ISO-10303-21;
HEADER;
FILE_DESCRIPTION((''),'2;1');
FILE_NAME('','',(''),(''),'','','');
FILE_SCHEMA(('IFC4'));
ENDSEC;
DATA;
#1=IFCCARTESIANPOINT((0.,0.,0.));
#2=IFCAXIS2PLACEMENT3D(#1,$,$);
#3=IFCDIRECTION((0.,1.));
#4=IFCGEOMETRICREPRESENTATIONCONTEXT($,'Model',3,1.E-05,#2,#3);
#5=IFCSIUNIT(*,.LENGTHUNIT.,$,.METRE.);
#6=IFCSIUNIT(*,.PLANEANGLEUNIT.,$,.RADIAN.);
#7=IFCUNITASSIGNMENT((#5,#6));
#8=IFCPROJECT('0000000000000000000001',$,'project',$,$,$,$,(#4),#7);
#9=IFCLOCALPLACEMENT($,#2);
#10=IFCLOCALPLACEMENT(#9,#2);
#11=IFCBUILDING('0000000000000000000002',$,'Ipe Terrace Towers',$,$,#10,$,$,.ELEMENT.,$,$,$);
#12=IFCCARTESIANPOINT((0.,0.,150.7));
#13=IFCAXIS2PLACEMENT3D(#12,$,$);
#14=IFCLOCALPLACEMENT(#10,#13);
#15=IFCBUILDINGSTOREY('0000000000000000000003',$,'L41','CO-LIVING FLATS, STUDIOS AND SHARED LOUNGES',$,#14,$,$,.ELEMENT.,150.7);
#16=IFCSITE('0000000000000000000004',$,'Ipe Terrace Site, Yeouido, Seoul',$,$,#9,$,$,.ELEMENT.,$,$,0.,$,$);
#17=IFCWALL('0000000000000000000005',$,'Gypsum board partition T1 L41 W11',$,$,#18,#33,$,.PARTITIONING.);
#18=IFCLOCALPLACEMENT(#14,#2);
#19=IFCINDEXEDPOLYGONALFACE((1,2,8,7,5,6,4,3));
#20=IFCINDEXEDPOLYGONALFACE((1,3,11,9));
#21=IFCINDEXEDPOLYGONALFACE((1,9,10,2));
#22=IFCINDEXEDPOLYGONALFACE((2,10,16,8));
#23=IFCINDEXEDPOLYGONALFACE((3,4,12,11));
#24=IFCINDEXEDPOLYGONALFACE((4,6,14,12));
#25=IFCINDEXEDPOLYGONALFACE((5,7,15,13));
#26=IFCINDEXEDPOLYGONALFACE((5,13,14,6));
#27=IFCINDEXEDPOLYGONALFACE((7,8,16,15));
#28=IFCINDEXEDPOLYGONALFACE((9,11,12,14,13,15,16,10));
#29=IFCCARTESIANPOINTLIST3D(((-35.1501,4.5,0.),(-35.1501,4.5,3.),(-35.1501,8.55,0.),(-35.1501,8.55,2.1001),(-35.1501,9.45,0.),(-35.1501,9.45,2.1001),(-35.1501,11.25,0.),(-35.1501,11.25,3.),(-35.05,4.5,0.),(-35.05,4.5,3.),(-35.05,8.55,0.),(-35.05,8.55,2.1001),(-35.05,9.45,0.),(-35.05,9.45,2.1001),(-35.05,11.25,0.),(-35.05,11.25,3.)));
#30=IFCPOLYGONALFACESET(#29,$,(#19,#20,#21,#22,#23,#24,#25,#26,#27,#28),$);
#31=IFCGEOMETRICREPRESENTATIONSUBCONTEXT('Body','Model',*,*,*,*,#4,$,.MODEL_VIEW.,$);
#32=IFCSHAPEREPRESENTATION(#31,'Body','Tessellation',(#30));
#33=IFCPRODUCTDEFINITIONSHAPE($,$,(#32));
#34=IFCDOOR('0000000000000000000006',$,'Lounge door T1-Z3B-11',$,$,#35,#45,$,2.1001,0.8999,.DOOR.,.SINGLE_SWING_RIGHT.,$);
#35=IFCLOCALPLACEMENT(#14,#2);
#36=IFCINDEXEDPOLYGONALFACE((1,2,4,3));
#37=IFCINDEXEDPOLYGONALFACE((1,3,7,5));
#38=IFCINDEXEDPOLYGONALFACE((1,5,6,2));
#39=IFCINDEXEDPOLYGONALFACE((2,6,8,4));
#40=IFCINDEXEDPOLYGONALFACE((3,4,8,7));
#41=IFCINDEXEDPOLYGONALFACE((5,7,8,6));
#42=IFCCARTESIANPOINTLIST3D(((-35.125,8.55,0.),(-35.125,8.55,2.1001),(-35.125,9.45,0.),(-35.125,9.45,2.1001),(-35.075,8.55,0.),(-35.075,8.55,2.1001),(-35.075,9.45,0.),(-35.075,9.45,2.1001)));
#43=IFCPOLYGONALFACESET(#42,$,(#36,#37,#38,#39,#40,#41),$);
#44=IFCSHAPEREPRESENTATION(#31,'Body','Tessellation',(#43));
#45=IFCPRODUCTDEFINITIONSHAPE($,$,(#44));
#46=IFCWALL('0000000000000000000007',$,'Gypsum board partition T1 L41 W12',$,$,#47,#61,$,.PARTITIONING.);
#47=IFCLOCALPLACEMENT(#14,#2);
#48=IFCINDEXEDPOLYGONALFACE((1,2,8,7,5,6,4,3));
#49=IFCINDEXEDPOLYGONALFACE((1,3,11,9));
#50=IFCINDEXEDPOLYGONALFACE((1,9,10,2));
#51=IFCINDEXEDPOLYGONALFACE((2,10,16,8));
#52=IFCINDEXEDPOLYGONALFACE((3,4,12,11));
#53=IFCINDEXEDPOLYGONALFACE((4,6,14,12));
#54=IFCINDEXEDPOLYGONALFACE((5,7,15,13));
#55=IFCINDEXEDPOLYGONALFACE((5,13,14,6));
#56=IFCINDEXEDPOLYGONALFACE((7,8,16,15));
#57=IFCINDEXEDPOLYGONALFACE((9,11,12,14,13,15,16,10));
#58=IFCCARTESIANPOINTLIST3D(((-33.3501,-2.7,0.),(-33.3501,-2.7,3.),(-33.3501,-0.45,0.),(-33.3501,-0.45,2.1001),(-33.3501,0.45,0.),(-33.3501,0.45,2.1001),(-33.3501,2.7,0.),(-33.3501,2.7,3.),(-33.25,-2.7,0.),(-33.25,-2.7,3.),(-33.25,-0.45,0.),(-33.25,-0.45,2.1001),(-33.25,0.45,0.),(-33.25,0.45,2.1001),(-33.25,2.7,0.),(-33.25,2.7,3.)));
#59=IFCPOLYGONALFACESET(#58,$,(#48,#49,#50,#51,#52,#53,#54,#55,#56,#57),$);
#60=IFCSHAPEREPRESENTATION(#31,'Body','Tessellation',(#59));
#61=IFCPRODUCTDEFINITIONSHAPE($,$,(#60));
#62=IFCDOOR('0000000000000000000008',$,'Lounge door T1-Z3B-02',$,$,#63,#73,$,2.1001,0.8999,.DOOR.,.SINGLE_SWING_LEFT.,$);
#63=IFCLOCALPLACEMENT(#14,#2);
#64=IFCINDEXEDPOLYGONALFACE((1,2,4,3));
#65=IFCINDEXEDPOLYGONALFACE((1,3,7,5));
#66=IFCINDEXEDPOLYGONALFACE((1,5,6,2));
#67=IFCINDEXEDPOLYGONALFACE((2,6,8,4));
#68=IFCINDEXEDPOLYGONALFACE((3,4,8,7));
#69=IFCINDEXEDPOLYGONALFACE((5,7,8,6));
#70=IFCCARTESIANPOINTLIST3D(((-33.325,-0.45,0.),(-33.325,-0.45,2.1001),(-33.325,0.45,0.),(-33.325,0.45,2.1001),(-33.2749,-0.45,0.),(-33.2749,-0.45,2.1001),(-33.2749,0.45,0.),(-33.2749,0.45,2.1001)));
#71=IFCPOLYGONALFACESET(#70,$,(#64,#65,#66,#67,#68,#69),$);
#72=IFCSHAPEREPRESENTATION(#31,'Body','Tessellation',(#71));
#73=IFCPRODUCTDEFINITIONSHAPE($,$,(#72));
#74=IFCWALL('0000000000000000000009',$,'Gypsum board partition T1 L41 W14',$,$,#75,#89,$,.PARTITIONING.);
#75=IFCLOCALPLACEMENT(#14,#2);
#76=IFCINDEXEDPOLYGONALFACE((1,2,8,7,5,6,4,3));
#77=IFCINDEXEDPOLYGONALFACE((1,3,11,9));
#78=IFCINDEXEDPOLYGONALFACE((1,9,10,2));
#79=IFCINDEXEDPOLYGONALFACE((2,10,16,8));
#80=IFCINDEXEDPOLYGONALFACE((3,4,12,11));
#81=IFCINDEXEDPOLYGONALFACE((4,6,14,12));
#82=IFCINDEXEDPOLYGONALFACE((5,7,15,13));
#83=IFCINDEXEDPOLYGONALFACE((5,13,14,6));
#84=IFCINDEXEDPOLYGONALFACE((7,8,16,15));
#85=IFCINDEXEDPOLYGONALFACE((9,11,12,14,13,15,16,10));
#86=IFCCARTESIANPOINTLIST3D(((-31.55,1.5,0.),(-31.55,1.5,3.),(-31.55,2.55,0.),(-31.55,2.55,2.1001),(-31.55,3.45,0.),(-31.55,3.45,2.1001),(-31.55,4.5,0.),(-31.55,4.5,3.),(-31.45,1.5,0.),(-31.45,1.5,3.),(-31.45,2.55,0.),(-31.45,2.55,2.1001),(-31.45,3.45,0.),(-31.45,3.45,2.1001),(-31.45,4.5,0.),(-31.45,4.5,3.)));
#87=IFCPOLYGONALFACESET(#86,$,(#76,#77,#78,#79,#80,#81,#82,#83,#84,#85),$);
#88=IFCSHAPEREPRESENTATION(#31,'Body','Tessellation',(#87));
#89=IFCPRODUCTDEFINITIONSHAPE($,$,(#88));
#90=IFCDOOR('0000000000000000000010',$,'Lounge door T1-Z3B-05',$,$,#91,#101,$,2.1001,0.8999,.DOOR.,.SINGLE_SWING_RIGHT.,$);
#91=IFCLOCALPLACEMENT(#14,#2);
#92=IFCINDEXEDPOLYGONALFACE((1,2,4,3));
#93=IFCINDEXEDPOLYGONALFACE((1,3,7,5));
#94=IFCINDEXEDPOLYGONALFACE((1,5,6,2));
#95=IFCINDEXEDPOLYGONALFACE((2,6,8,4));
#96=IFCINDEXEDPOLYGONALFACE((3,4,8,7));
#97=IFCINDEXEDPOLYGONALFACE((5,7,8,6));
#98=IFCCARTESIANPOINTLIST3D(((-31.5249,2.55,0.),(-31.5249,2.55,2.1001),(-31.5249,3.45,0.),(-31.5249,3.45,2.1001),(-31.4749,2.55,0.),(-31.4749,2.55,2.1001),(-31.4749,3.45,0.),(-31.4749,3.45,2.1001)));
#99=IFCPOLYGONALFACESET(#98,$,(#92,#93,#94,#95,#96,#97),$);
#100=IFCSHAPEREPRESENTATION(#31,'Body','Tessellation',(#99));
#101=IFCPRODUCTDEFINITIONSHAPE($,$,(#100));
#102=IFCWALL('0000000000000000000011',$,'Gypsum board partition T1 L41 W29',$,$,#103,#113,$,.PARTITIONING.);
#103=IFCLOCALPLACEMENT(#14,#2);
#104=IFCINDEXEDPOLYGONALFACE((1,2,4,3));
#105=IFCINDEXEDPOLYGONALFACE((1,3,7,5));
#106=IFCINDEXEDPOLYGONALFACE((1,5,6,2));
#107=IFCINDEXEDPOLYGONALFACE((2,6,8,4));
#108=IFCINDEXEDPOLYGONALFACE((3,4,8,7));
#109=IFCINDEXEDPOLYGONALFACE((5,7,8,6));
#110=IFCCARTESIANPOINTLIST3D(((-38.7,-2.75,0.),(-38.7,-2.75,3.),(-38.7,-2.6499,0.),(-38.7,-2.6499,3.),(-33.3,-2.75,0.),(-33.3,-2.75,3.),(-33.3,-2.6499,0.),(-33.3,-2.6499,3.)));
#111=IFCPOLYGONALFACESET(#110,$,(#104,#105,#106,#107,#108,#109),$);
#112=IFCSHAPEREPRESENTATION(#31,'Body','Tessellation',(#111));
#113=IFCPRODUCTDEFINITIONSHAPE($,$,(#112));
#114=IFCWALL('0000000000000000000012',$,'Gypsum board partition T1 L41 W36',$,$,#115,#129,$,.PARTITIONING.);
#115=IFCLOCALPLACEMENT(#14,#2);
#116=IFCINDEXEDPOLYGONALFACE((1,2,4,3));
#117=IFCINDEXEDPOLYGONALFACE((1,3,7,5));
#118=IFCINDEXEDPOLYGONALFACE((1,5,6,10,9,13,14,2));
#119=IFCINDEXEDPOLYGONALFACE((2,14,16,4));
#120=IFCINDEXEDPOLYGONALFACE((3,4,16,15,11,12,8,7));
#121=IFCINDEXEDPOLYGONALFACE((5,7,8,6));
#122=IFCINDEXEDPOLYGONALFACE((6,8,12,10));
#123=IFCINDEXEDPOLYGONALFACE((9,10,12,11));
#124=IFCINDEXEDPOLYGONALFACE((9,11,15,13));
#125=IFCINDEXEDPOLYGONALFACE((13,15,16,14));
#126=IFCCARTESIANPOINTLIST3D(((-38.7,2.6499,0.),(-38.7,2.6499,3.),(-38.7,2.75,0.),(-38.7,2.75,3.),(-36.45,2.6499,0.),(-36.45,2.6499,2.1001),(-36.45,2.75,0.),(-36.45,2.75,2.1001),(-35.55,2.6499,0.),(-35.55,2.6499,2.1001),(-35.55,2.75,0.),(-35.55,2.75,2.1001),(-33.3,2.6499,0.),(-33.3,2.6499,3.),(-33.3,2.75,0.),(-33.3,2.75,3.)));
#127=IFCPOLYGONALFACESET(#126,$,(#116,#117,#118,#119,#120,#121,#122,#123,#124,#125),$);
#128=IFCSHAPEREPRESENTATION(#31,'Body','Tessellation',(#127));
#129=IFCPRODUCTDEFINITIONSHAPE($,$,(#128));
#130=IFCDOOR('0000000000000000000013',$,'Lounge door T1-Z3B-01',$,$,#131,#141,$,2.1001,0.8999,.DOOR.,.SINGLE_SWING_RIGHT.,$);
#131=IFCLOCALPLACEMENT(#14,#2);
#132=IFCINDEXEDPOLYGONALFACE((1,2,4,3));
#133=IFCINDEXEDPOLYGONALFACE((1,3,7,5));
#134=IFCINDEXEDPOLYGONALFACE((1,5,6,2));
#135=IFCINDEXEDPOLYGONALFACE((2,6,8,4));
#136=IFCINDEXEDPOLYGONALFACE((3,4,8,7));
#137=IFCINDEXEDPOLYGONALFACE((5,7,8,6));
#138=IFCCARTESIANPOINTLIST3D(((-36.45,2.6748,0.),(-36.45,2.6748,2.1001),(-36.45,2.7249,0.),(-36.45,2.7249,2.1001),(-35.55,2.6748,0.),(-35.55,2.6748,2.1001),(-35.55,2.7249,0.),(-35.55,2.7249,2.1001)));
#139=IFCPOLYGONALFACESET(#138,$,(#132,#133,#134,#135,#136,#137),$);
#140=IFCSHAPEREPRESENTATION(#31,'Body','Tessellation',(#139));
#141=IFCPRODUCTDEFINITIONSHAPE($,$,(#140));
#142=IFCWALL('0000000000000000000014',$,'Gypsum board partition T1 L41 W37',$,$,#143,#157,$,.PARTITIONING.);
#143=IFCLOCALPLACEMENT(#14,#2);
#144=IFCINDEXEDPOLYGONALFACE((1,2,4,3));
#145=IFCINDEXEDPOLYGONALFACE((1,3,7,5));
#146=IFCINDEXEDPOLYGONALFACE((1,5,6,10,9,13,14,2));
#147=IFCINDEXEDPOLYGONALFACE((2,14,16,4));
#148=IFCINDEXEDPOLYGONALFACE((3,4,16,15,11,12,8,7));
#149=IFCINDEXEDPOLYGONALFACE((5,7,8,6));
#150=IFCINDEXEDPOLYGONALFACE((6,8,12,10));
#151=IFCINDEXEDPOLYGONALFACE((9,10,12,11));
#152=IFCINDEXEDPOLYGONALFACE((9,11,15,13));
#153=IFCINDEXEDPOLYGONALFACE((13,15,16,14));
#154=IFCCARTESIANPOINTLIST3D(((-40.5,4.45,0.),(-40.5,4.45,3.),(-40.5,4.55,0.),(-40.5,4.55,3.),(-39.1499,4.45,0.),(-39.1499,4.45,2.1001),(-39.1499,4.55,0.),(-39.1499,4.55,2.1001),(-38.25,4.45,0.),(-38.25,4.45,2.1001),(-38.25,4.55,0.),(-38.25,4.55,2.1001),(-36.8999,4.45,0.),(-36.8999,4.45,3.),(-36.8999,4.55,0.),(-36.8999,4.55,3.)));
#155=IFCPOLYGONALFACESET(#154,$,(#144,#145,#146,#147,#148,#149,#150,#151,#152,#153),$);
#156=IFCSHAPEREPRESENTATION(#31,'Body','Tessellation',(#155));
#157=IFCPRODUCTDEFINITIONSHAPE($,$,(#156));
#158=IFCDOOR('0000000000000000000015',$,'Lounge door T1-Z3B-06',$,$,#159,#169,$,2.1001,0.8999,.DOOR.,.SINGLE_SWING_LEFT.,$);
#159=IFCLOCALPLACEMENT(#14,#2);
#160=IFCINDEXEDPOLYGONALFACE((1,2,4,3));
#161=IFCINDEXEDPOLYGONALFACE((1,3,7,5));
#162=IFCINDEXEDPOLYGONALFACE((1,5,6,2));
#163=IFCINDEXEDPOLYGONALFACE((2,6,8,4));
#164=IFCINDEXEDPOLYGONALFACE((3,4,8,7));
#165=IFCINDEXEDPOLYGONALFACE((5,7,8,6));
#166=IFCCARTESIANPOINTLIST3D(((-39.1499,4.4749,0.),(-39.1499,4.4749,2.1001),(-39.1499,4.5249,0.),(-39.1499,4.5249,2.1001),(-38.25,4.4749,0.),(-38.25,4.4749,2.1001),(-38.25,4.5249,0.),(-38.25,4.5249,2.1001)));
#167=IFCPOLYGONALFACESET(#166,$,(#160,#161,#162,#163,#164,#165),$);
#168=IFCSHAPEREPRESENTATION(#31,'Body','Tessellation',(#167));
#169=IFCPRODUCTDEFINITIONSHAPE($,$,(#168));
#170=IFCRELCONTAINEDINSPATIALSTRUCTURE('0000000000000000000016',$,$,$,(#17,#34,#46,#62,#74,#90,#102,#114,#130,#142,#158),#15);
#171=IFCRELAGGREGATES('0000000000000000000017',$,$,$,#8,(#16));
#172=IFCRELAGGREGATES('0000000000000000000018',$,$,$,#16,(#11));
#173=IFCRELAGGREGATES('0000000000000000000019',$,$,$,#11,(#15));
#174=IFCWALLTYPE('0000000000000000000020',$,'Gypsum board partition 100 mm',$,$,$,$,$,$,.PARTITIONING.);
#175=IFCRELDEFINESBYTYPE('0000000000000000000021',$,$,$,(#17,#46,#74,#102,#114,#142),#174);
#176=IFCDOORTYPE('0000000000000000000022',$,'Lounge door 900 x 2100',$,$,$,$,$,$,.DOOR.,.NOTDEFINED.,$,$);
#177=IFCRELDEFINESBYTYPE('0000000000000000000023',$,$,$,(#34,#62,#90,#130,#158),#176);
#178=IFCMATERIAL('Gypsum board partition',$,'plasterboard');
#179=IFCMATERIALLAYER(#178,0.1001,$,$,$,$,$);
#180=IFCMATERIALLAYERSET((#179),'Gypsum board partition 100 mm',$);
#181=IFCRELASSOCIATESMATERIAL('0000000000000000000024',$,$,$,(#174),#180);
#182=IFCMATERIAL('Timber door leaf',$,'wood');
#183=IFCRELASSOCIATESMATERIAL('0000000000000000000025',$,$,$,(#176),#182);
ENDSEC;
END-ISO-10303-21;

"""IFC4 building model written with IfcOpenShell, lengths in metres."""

from ifc_helpers import new_model, si_unit, direction, frame, frame_2d, origin, place, context, subcontext, project, spatial, rectangle, extrude, material, layer, layer_set, type_object, element, fill, save


model = new_model("IFC4")

# Units and contexts
model_context = context("Model", 3, precision=1e-05, world=origin(), true_north=direction((0.0, 1.0)))
body_context = subcontext(model_context, "Body", "Model", "MODEL_VIEW")
ifc_project = project(units=[si_unit("LENGTHUNIT", "METRE"), si_unit("PLANEANGLEUNIT", "RADIAN")], contexts=[model_context])

# Site, building, storey
site_placement = place(None, origin())
site = spatial("IfcSite", under=ifc_project, at=site_placement, Name="Ipe Terrace Site, Yeouido, Seoul", CompositionType="ELEMENT", RefElevation=0.0)
building_placement = place(site_placement, origin())
building = spatial("IfcBuilding", under=site, at=building_placement, Name="Ipe Terrace Towers", CompositionType="ELEMENT")
storey_placement = place(building_placement, frame((0.0, 0.0, 150.7)))
storey = spatial("IfcBuildingStorey", under=building, at=storey_placement, Name="L41", Description="CO-LIVING FLATS, STUDIOS AND SHARED LOUNGES", CompositionType="ELEMENT", Elevation=150.7)

# Shared definitions
ifc_material_1 = material(Name="Gypsum board partition", Category="plasterboard")
ifc_layer = layer(ifc_material_1, 0.1001)
ifc_layer_set = layer_set([ifc_layer], Name="Gypsum board partition 100 mm")
wall_type = type_object("IfcWallType", Name="Gypsum board partition 100 mm", PredefinedType="PARTITIONING", material=ifc_layer_set)

# Walls, openings, doors
ifc_material_2 = material(Name="Timber door leaf", Category="wood")
door_type = type_object("IfcDoorType", Name="Lounge door 900 x 2100", OperationType="NOTDEFINED", PredefinedType="DOOR", material=ifc_material_2)
wall_1_placement = place(storey_placement, frame((-35.1001, 4.5, 0.0), z_axis=(0.0, 0.0, 1.0), x_axis=(0.0, 1.0, 0.0)))
wall_1 = element("IfcWall", 1, at=wall_1_placement, inside=storey, type_object=wall_type, Name="Gypsum board partition T1 L41 W11", PredefinedType="PARTITIONING", context=body_context, shape_type="SweptSolid", body=[
    extrude(rectangle(XDim=6.75, YDim=0.1001, at=frame_2d((3.375, 0.0))), origin(), (0.0, 0.0, 1.0), 3.0),
])
opening_1_placement = place(wall_1_placement, frame((4.05, 0.0, 0.0)))
opening_1 = element("IfcOpeningElement", 2, at=opening_1_placement, cuts=wall_1, PredefinedType="OPENING", context=body_context, shape_type="SweptSolid", body=[
    extrude(rectangle(XDim=0.8999, YDim=2.1001, at=frame_2d((0.45, 1.05))), frame((0.0, 0.0601, 0.0), z_axis=(0.0, -1.0, 0.0), x_axis=(1.0, 0.0, 0.0)), (0.0, 0.0, 1.0), 0.1201),
])
door_1_placement = place(opening_1_placement, origin())
door_1 = element("IfcDoor", 3, at=door_1_placement, inside=storey, type_object=door_type, Name="Lounge door T1-Z3B-11", OperationType="SINGLE_SWING_RIGHT", OverallHeight=2.1001, OverallWidth=0.8999, PredefinedType="DOOR", context=body_context, shape_type="SweptSolid", body=[
    extrude(rectangle(XDim=0.8999, YDim=2.1001, at=frame_2d((0.45, 1.05))), frame((0.0, 0.0249, 0.0), z_axis=(0.0, -1.0, 0.0), x_axis=(1.0, 0.0, 0.0)), (0.0, 0.0, 1.0), 0.05),
])
fill(opening_1, door_1)
wall_2_placement = place(storey_placement, frame((-33.3, -2.7, 0.0), z_axis=(0.0, 0.0, 1.0), x_axis=(0.0, 1.0, 0.0)))
wall_2 = element("IfcWall", 4, at=wall_2_placement, inside=storey, type_object=wall_type, Name="Gypsum board partition T1 L41 W12", PredefinedType="PARTITIONING", context=body_context, shape_type="SweptSolid", body=[
    extrude(rectangle(XDim=5.3999, YDim=0.1001, at=frame_2d((2.7, 0.0))), origin(), (0.0, 0.0, 1.0), 3.0),
])
opening_2_placement = place(wall_2_placement, frame((2.25, 0.0, 0.0)))
opening_2 = element("IfcOpeningElement", 5, at=opening_2_placement, cuts=wall_2, PredefinedType="OPENING", context=body_context, shape_type="SweptSolid", body=[
    extrude(rectangle(XDim=0.8999, YDim=2.1001, at=frame_2d((0.45, 1.05))), frame((0.0, 0.0601, 0.0), z_axis=(0.0, -1.0, 0.0), x_axis=(1.0, 0.0, 0.0)), (0.0, 0.0, 1.0), 0.1201),
])
door_2_placement = place(opening_2_placement, origin())
door_2 = element("IfcDoor", 6, at=door_2_placement, inside=storey, type_object=door_type, Name="Lounge door T1-Z3B-02", OperationType="SINGLE_SWING_LEFT", OverallHeight=2.1001, OverallWidth=0.8999, PredefinedType="DOOR", context=body_context, shape_type="SweptSolid", body=[
    extrude(rectangle(XDim=0.8999, YDim=2.1001, at=frame_2d((0.45, 1.05))), frame((0.0, 0.0249, 0.0), z_axis=(0.0, -1.0, 0.0), x_axis=(1.0, 0.0, 0.0)), (0.0, 0.0, 1.0), 0.05),
])
fill(opening_2, door_2)
wall_3_placement = place(storey_placement, frame((-31.5, 1.5, 0.0), z_axis=(0.0, 0.0, 1.0), x_axis=(0.0, 1.0, 0.0)))
wall_3 = element("IfcWall", 7, at=wall_3_placement, inside=storey, type_object=wall_type, Name="Gypsum board partition T1 L41 W14", PredefinedType="PARTITIONING", context=body_context, shape_type="SweptSolid", body=[
    extrude(rectangle(XDim=3.0, YDim=0.1001, at=frame_2d((1.5, 0.0))), origin(), (0.0, 0.0, 1.0), 3.0),
])
opening_3_placement = place(wall_3_placement, frame((1.05, 0.0, 0.0)))
opening_3 = element("IfcOpeningElement", 8, at=opening_3_placement, cuts=wall_3, PredefinedType="OPENING", context=body_context, shape_type="SweptSolid", body=[
    extrude(rectangle(XDim=0.8999, YDim=2.1001, at=frame_2d((0.45, 1.05))), frame((0.0, 0.0601, 0.0), z_axis=(0.0, -1.0, 0.0), x_axis=(1.0, 0.0, 0.0)), (0.0, 0.0, 1.0), 0.1201),
])
door_3_placement = place(opening_3_placement, origin())
door_3 = element("IfcDoor", 9, at=door_3_placement, inside=storey, type_object=door_type, Name="Lounge door T1-Z3B-05", OperationType="SINGLE_SWING_RIGHT", OverallHeight=2.1001, OverallWidth=0.8999, PredefinedType="DOOR", context=body_context, shape_type="SweptSolid", body=[
    extrude(rectangle(XDim=0.8999, YDim=2.1001, at=frame_2d((0.45, 1.05))), frame((0.0, 0.0249, 0.0), z_axis=(0.0, -1.0, 0.0), x_axis=(1.0, 0.0, 0.0)), (0.0, 0.0, 1.0), 0.05),
])
fill(opening_3, door_3)

# Wall
wall_4_placement = place(storey_placement, frame((-38.7, -2.7, 0.0), z_axis=(0.0, 0.0, 1.0), x_axis=(1.0, 0.0, 0.0)))
element("IfcWall", 10, at=wall_4_placement, inside=storey, type_object=wall_type, Name="Gypsum board partition T1 L41 W29", PredefinedType="PARTITIONING", context=body_context, shape_type="SweptSolid", body=[
    extrude(rectangle(XDim=5.3999, YDim=0.1001, at=frame_2d((2.7, 0.0))), origin(), (0.0, 0.0, 1.0), 3.0),
])

# Walls, openings, doors
wall_5_placement = place(storey_placement, frame((-38.7, 2.7, 0.0), z_axis=(0.0, 0.0, 1.0), x_axis=(1.0, 0.0, 0.0)))
wall_5 = element("IfcWall", 11, at=wall_5_placement, inside=storey, type_object=wall_type, Name="Gypsum board partition T1 L41 W36", PredefinedType="PARTITIONING", context=body_context, shape_type="SweptSolid", body=[
    extrude(rectangle(XDim=5.3999, YDim=0.1001, at=frame_2d((2.7, 0.0))), origin(), (0.0, 0.0, 1.0), 3.0),
])
opening_4_placement = place(wall_5_placement, frame((2.25, 0.0, 0.0)))
opening_4 = element("IfcOpeningElement", 12, at=opening_4_placement, cuts=wall_5, PredefinedType="OPENING", context=body_context, shape_type="SweptSolid", body=[
    extrude(rectangle(XDim=0.8999, YDim=2.1001, at=frame_2d((0.45, 1.05))), frame((0.0, 0.0601, 0.0), z_axis=(0.0, -1.0, 0.0), x_axis=(1.0, 0.0, 0.0)), (0.0, 0.0, 1.0), 0.1201),
])
door_4_placement = place(opening_4_placement, origin())
door_4 = element("IfcDoor", 13, at=door_4_placement, inside=storey, type_object=door_type, Name="Lounge door T1-Z3B-01", OperationType="SINGLE_SWING_RIGHT", OverallHeight=2.1001, OverallWidth=0.8999, PredefinedType="DOOR", context=body_context, shape_type="SweptSolid", body=[
    extrude(rectangle(XDim=0.8999, YDim=2.1001, at=frame_2d((0.45, 1.05))), frame((0.0, 0.0249, 0.0), z_axis=(0.0, -1.0, 0.0), x_axis=(1.0, 0.0, 0.0)), (0.0, 0.0, 1.0), 0.05),
])
fill(opening_4, door_4)
wall_6_placement = place(storey_placement, frame((-40.5, 4.5, 0.0), z_axis=(0.0, 0.0, 1.0), x_axis=(1.0, 0.0, 0.0)))
wall_6 = element("IfcWall", 14, at=wall_6_placement, inside=storey, type_object=wall_type, Name="Gypsum board partition T1 L41 W37", PredefinedType="PARTITIONING", context=body_context, shape_type="SweptSolid", body=[
    extrude(rectangle(XDim=3.6001, YDim=0.1001, at=frame_2d((1.8, 0.0))), origin(), (0.0, 0.0, 1.0), 3.0),
])
opening_5_placement = place(wall_6_placement, frame((1.3501, 0.0, 0.0)))
opening_5 = element("IfcOpeningElement", 15, at=opening_5_placement, cuts=wall_6, PredefinedType="OPENING", context=body_context, shape_type="SweptSolid", body=[
    extrude(rectangle(XDim=0.8999, YDim=2.1001, at=frame_2d((0.45, 1.05))), frame((0.0, 0.0601, 0.0), z_axis=(0.0, -1.0, 0.0), x_axis=(1.0, 0.0, 0.0)), (0.0, 0.0, 1.0), 0.1201),
])
door_5_placement = place(opening_5_placement, origin())
door_5 = element("IfcDoor", 16, at=door_5_placement, inside=storey, type_object=door_type, Name="Lounge door T1-Z3B-06", OperationType="SINGLE_SWING_LEFT", OverallHeight=2.1001, OverallWidth=0.8999, PredefinedType="DOOR", context=body_context, shape_type="SweptSolid", body=[
    extrude(rectangle(XDim=0.8999, YDim=2.1001, at=frame_2d((0.45, 1.05))), frame((0.0, 0.0249, 0.0), z_axis=(0.0, -1.0, 0.0), x_axis=(1.0, 0.0, 0.0)), (0.0, 0.0, 1.0), 0.05),
])
fill(opening_5, door_5)

save(model, "model.ifc")
